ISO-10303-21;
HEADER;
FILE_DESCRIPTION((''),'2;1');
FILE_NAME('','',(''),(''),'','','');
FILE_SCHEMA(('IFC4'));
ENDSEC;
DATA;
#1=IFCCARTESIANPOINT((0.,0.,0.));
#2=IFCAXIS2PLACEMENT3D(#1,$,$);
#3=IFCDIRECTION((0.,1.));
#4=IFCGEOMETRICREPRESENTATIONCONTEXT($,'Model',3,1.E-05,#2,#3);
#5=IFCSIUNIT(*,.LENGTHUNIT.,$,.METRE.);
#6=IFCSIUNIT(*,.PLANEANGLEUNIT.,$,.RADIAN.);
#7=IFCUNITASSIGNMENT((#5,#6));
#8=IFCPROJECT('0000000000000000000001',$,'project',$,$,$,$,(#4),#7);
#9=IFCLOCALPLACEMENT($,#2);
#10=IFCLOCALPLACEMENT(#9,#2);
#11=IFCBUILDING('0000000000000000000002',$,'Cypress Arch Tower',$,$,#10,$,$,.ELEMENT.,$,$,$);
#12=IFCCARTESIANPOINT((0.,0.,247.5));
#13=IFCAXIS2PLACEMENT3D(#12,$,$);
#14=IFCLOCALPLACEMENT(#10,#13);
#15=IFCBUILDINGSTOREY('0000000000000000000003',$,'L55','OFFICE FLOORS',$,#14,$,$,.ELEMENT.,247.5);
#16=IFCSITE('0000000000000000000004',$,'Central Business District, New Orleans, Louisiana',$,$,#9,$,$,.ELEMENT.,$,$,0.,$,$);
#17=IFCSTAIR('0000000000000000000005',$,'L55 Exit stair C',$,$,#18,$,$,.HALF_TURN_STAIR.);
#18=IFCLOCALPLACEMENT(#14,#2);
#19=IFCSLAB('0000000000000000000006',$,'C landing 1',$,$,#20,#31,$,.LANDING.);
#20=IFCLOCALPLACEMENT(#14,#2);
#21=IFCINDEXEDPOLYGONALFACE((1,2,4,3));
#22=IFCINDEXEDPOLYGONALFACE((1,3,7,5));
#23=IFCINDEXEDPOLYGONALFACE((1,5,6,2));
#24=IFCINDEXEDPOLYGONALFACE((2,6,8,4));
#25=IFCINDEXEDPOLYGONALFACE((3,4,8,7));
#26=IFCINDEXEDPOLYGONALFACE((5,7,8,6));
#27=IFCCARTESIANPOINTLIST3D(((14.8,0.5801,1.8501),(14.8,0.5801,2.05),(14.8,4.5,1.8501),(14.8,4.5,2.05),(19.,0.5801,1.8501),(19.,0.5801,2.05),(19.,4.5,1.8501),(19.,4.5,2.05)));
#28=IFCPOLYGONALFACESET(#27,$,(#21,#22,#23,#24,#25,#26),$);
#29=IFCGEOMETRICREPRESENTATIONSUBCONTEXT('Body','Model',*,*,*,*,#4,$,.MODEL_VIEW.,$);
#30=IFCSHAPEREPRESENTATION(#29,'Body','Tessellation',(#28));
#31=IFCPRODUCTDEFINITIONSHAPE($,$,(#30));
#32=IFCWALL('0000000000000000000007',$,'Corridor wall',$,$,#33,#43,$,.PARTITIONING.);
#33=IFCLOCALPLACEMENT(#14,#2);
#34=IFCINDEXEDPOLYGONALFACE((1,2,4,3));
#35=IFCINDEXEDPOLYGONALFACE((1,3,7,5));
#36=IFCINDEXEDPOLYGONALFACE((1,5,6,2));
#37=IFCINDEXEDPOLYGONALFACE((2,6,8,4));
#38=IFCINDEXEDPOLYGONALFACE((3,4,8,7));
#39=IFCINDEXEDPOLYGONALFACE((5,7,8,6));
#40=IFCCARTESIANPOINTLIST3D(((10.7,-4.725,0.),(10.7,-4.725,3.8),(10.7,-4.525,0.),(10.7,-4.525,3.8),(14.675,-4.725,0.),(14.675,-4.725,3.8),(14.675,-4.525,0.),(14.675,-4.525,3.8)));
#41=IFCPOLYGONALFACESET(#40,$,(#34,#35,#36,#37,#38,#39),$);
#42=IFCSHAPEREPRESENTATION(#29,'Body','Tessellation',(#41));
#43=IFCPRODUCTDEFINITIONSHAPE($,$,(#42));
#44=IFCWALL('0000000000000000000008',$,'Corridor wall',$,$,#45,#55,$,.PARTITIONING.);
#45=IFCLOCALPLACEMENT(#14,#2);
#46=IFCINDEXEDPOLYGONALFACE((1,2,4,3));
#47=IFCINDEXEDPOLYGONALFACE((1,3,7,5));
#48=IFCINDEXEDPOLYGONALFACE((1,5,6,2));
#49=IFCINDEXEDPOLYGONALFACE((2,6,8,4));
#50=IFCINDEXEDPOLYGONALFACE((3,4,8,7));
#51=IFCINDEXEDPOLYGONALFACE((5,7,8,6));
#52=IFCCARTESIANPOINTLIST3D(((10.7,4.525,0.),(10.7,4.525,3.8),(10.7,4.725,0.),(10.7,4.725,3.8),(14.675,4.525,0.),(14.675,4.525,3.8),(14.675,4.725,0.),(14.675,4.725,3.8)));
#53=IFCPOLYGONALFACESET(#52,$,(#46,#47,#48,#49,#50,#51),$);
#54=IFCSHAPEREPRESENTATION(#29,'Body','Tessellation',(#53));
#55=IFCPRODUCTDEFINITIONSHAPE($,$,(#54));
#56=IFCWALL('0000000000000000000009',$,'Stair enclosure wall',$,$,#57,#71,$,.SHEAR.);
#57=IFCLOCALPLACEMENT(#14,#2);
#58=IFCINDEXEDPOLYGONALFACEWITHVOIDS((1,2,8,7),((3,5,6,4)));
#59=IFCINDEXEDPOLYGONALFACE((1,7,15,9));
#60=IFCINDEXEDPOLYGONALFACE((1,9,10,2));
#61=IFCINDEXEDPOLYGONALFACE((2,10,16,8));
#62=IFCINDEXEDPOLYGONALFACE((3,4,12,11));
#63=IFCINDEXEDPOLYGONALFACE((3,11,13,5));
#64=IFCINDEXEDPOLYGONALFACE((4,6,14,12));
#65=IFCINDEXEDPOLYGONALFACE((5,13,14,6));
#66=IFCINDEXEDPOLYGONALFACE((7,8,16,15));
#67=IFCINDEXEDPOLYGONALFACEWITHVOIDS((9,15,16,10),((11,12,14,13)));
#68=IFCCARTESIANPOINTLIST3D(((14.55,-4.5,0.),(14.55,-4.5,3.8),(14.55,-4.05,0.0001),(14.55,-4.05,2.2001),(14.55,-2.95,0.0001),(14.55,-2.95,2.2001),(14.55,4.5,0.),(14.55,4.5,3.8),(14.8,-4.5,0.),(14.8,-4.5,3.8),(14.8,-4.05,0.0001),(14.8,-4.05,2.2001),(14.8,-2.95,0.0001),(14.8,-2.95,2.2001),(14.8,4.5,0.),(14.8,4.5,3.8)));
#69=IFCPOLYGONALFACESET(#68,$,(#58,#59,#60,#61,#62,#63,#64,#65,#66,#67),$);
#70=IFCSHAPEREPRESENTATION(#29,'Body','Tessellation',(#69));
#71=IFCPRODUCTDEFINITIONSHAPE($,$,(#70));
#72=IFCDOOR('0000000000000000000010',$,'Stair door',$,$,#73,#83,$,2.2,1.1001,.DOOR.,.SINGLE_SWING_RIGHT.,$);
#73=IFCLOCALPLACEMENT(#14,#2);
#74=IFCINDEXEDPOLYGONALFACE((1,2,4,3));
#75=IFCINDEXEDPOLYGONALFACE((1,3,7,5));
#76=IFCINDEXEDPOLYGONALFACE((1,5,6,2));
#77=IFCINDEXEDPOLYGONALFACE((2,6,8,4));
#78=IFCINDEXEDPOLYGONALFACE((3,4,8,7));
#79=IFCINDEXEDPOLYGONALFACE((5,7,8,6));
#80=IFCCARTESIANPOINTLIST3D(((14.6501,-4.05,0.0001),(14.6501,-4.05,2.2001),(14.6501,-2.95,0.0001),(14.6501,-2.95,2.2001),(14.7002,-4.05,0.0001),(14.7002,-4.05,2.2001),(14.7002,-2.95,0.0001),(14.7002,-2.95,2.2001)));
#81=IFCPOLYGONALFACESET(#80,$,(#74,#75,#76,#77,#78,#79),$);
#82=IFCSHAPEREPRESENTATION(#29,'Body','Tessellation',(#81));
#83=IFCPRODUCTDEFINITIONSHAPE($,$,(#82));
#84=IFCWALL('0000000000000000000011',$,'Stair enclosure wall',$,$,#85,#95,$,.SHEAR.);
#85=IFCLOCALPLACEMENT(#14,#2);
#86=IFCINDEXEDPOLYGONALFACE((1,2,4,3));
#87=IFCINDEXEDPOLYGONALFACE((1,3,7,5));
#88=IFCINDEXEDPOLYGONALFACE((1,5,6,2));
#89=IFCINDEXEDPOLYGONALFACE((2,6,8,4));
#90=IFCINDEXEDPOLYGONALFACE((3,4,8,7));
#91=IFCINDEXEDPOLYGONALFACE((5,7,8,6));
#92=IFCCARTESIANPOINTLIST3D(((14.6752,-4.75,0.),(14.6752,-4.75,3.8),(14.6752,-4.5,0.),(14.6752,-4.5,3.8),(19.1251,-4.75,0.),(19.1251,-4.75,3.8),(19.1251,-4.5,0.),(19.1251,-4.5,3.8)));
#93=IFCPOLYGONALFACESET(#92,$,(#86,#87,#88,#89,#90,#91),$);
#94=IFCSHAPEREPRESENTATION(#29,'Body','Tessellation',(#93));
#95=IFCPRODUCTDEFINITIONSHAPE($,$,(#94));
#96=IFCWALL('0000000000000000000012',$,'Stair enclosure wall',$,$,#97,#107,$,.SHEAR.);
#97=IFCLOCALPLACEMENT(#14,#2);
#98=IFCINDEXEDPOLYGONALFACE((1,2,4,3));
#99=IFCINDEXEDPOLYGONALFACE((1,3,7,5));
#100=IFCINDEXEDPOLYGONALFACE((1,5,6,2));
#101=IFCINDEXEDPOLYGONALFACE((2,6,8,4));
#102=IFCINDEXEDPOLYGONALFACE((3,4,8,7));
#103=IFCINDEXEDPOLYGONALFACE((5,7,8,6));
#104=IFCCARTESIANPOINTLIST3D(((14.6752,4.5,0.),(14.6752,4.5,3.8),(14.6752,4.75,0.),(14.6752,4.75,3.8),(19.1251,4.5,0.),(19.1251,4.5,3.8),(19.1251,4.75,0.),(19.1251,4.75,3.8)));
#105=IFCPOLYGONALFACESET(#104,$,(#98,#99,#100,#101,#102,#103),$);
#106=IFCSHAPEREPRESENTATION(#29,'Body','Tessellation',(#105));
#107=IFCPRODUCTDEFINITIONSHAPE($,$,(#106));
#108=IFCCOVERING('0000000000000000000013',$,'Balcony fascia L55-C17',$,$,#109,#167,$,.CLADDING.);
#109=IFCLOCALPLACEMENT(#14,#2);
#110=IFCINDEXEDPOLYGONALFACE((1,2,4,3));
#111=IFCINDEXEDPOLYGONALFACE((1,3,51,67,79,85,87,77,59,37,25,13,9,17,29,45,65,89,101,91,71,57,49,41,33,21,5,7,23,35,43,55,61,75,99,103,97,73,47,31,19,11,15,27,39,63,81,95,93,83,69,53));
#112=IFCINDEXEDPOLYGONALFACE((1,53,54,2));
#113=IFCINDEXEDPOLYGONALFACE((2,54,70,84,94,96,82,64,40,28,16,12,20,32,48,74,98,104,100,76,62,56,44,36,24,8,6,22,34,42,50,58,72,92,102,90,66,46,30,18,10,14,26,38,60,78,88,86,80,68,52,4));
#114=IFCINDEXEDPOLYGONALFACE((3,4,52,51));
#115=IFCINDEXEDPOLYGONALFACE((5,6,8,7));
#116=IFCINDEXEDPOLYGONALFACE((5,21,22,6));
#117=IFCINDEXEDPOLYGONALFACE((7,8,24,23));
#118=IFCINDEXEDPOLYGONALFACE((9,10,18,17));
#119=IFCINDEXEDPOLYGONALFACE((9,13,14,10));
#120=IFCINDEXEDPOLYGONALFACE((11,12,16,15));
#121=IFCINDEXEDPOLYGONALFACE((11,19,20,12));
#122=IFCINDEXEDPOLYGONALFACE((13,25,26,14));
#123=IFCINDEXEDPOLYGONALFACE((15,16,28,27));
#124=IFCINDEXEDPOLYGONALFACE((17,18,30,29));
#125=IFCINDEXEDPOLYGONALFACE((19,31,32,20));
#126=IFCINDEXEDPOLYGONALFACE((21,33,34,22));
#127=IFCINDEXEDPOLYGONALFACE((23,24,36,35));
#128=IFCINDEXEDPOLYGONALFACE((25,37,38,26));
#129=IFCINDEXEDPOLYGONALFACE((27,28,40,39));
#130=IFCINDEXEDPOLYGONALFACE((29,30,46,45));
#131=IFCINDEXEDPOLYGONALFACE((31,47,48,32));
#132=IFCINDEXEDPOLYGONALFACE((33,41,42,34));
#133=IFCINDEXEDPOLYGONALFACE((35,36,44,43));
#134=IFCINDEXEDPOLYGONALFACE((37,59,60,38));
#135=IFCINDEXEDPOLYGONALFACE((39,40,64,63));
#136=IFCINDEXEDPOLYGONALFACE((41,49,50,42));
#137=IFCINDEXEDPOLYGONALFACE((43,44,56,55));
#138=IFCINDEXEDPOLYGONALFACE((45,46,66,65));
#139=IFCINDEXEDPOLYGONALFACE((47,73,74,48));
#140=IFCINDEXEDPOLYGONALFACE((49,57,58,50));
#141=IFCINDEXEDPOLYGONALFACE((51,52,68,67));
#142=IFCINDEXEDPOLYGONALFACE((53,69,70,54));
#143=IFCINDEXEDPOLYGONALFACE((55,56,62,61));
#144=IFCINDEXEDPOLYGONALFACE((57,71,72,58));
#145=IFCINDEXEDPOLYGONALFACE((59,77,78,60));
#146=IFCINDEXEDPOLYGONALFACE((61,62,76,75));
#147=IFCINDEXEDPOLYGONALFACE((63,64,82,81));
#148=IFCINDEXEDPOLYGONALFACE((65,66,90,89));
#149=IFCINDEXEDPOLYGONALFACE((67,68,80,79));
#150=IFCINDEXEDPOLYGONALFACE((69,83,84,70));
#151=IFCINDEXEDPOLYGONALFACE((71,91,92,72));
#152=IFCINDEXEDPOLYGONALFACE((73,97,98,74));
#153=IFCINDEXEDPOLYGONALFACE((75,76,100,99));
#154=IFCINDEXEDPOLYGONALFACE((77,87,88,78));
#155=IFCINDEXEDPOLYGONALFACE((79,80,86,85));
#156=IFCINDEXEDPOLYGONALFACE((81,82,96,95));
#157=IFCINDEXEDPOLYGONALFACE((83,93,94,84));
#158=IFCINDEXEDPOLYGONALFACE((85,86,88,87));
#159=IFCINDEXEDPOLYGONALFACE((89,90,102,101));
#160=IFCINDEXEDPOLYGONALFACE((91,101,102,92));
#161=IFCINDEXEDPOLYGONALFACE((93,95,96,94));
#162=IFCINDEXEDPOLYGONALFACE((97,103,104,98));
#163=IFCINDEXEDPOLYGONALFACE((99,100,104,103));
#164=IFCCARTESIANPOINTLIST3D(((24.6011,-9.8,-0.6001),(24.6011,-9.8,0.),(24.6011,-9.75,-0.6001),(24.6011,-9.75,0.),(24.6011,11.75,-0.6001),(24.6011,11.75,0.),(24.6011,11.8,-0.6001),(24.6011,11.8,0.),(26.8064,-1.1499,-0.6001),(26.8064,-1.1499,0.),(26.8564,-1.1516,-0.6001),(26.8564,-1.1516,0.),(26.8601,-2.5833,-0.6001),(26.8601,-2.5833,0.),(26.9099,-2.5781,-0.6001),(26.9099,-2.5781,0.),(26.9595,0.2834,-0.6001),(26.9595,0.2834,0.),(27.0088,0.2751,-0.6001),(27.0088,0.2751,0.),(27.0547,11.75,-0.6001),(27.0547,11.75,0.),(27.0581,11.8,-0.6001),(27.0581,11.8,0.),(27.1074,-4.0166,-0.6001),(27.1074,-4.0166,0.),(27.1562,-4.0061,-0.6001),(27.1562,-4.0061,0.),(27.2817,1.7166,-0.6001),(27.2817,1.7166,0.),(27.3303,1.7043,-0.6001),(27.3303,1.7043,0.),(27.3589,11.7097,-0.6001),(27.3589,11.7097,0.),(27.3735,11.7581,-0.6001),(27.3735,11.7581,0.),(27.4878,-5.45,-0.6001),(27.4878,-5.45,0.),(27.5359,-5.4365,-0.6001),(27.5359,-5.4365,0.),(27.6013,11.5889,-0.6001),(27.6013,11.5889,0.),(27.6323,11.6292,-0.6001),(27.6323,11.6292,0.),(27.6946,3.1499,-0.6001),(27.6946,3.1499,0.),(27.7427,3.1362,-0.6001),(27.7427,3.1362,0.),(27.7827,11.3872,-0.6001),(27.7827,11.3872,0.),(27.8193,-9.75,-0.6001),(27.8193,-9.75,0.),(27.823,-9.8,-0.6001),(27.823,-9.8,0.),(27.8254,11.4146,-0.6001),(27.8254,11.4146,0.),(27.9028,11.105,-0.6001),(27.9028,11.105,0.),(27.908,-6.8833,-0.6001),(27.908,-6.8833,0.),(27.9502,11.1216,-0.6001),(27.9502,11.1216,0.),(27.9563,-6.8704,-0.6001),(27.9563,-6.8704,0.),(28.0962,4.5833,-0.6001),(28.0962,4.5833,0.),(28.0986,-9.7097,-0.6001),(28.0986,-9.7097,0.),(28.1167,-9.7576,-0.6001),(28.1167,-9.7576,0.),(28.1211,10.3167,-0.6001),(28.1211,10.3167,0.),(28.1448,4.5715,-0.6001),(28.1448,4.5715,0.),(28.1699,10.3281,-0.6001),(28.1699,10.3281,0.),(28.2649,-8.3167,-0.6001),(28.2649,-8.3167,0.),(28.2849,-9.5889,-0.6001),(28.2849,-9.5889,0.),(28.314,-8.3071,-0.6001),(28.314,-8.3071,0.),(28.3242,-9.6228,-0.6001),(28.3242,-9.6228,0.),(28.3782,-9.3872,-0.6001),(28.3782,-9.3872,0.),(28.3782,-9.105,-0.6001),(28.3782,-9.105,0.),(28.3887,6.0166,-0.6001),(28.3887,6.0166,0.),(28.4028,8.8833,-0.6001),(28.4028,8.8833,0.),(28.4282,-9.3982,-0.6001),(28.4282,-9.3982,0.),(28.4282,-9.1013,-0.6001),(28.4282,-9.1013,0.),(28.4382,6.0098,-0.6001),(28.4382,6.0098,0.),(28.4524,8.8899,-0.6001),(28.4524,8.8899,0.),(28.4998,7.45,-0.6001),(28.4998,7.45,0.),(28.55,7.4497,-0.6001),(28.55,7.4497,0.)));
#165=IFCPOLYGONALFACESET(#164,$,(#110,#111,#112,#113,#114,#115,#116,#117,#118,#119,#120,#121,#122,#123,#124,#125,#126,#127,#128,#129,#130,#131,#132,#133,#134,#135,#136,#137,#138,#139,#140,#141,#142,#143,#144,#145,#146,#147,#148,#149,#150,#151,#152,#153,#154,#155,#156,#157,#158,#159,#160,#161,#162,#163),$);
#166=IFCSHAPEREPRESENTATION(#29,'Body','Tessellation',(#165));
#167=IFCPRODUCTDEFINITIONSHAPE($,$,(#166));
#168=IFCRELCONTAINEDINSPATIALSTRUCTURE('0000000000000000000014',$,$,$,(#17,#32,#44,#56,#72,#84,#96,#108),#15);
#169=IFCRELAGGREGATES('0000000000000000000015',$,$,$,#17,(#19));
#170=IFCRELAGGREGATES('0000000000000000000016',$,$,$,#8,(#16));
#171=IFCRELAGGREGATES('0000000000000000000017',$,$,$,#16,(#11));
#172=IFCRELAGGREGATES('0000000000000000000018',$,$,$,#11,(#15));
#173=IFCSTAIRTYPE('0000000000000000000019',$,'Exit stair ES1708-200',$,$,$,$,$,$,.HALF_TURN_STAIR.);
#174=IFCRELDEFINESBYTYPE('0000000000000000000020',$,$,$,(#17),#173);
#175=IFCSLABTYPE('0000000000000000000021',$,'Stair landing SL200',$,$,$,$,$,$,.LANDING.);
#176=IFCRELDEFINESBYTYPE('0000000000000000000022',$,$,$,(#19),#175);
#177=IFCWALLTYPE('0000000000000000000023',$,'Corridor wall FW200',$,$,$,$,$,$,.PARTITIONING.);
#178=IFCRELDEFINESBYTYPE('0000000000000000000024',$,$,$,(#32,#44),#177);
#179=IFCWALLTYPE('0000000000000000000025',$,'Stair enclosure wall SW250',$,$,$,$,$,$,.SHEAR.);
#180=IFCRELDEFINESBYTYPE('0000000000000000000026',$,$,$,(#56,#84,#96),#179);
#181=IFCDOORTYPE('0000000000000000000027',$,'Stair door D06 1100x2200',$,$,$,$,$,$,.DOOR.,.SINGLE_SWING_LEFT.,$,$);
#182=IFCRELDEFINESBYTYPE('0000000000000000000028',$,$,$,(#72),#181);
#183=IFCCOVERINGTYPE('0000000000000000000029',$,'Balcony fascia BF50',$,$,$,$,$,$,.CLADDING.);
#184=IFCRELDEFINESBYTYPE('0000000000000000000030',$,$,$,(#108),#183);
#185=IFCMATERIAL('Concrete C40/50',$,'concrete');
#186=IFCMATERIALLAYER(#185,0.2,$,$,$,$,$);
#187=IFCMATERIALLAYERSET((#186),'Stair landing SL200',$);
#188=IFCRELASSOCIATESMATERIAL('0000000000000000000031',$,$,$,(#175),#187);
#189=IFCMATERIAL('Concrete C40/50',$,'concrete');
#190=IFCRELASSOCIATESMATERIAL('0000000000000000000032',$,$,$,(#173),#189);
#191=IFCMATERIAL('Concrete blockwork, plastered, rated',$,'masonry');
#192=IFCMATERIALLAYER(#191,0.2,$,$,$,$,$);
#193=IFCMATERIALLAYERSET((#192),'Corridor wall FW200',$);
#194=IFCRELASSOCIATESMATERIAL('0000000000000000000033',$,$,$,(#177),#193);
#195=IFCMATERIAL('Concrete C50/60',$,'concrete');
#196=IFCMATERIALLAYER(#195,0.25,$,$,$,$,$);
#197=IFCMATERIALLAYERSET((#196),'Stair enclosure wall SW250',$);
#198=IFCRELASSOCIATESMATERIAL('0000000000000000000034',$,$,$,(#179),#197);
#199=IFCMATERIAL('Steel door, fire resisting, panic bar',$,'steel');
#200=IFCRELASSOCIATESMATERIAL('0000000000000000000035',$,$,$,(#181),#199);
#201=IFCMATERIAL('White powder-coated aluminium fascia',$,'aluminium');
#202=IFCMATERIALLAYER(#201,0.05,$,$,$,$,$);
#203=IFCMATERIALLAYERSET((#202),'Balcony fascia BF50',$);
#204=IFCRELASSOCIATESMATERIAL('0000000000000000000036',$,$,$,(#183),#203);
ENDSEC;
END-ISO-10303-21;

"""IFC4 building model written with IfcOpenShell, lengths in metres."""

from ifc_helpers import new_model, si_unit, direction, frame, frame_2d, origin, place, context, subcontext, project, spatial, polyline, rectangle, outline, extrude, material, layer, layer_set, type_object, element, fill, aggregate, save


model = new_model("IFC4")

# Units and contexts
model_context = context("Model", 3, precision=1e-05, world=origin(), true_north=direction((0.0, 1.0)))
body_context = subcontext(model_context, "Body", "Model", "MODEL_VIEW")
ifc_project = project(units=[si_unit("LENGTHUNIT", "METRE"), si_unit("PLANEANGLEUNIT", "RADIAN")], contexts=[model_context])

# Site, building, storey
site_placement = place(None, origin())
site = spatial("IfcSite", under=ifc_project, at=site_placement, Name="Central Business District, New Orleans, Louisiana", CompositionType="ELEMENT", RefElevation=0.0)
building_placement = place(site_placement, origin())
building = spatial("IfcBuilding", under=site, at=building_placement, Name="Cypress Arch Tower", CompositionType="ELEMENT")
storey_placement = place(building_placement, frame((0.0, 0.0, 247.5)))
storey = spatial("IfcBuildingStorey", under=building, at=storey_placement, Name="L55", Description="OFFICE FLOORS", CompositionType="ELEMENT", Elevation=247.5)

# Stair, slab
ifc_material_1 = material(Name="Concrete C40/50", Category="concrete")
ifc_layer_1 = layer(ifc_material_1, 0.2)
ifc_layer_set_1 = layer_set([ifc_layer_1], Name="Stair landing SL200")
slab_type_1 = type_object("IfcSlabType", Name="Stair landing SL200", PredefinedType="LANDING", material=ifc_layer_set_1)
ifc_material_2 = material(Name="Concrete C40/50", Category="concrete")
stair_type_1 = type_object("IfcStairType", Name="Exit stair ES1708-200", PredefinedType="HALF_TURN_STAIR", material=ifc_material_2)
stair_1_placement = place(storey_placement, origin())
stair_1 = element("IfcStair", 1, at=stair_1_placement, inside=storey, type_object=stair_type_1, Name="L55 Exit stair C", PredefinedType="HALF_TURN_STAIR")
slab_1_placement = place(storey_placement, frame((0.0, 0.0, 1.8501)))
slab_1 = element("IfcSlab", 2, at=slab_1_placement, type_object=slab_type_1, Name="C landing 1", PredefinedType="LANDING", context=body_context, shape_type="SweptSolid", body=[
    extrude(outline(polyline([(19.0, 0.5801), (19.0, 4.5), (14.8, 4.5), (14.8, 0.5801), (19.0, 0.5801)])), origin(), (0.0, 0.0, 1.0), 0.2),
])
aggregate(stair_1, [slab_1])

# Walls
ifc_material_3 = material(Name="Concrete blockwork, plastered, rated", Category="masonry")
ifc_layer_2 = layer(ifc_material_3, 0.2)
ifc_layer_set_2 = layer_set([ifc_layer_2], Name="Corridor wall FW200")
wall_type_1 = type_object("IfcWallType", Name="Corridor wall FW200", PredefinedType="PARTITIONING", material=ifc_layer_set_2)
for number, where, z_axis, x_axis, name in (
    (3, (10.7, -4.625, 0.0), (0.0, 0.0, 1.0), (1.0, 0.0, 0.0), "Corridor wall"),
    (4, (10.7, 4.625, 0.0), (0.0, 0.0, 1.0), (1.0, 0.0, 0.0), "Corridor wall"),
):
    element("IfcWall", number, at=place(storey_placement, frame(where, z_axis=z_axis, x_axis=x_axis)), inside=storey, type_object=wall_type_1, Name=name, PredefinedType="PARTITIONING", context=body_context, shape_type="SweptSolid", body=[
        extrude(rectangle(XDim=3.9751, YDim=0.2, at=frame_2d((1.9875, 0.0))), origin(), (0.0, 0.0, 1.0), 3.8),
    ])

# Wall, opening, door
ifc_material_4 = material(Name="Concrete C50/60", Category="concrete")
ifc_layer_3 = layer(ifc_material_4, 0.25)
ifc_layer_set_3 = layer_set([ifc_layer_3], Name="Stair enclosure wall SW250")
wall_type_2 = type_object("IfcWallType", Name="Stair enclosure wall SW250", PredefinedType="SHEAR", material=ifc_layer_set_3)
wall_placement = place(storey_placement, frame((14.675, -4.5, 0.0), z_axis=(0.0, 0.0, 1.0), x_axis=(0.0, 1.0, 0.0)))
wall = element("IfcWall", 5, at=wall_placement, inside=storey, type_object=wall_type_2, Name="Stair enclosure wall", PredefinedType="SHEAR", context=body_context, shape_type="SweptSolid", body=[
    extrude(rectangle(XDim=9.0, YDim=0.25, at=frame_2d((4.5, 0.0))), origin(), (0.0, 0.0, 1.0), 3.8),
])
opening_placement = place(wall_placement, frame((0.45, 0.0, 0.0)))
opening = element("IfcOpeningElement", 6, at=opening_placement, cuts=wall, PredefinedType="OPENING", context=body_context, shape_type="SweptSolid", body=[
    extrude(rectangle(XDim=1.1001, YDim=2.2, at=frame_2d((0.55, 1.1001))), frame((0.0, 0.135, 0.0), z_axis=(0.0, -1.0, 0.0), x_axis=(1.0, 0.0, 0.0)), (0.0, 0.0, 1.0), 0.27),
])
ifc_material_5 = material(Name="Steel door, fire resisting, panic bar", Category="steel")
door_type = type_object("IfcDoorType", Name="Stair door D06 1100x2200", OperationType="SINGLE_SWING_LEFT", PredefinedType="DOOR", material=ifc_material_5)
door_placement = place(opening_placement, origin())
door = element("IfcDoor", 7, at=door_placement, inside=storey, type_object=door_type, Name="Stair door", OperationType="SINGLE_SWING_RIGHT", OverallHeight=2.2, OverallWidth=1.1001, PredefinedType="DOOR", context=body_context, shape_type="SweptSolid", body=[
    extrude(rectangle(XDim=1.1001, YDim=2.2, at=frame_2d((0.55, 1.1001))), frame((0.0, 0.0249, 0.0), z_axis=(0.0, -1.0, 0.0), x_axis=(1.0, 0.0, 0.0)), (0.0, 0.0, 1.0), 0.05),
])
fill(opening, door)

# Walls
for number, where, z_axis, x_axis, name in (
    (8, (14.675, -4.625, 0.0), (0.0, 0.0, 1.0), (1.0, 0.0, 0.0), "Stair enclosure wall"),
    (9, (14.675, 4.625, 0.0), (0.0, 0.0, 1.0), (1.0, 0.0, 0.0), "Stair enclosure wall"),
):
    element("IfcWall", number, at=place(storey_placement, frame(where, z_axis=z_axis, x_axis=x_axis)), inside=storey, type_object=wall_type_2, Name=name, PredefinedType="SHEAR", context=body_context, shape_type="SweptSolid", body=[
        extrude(rectangle(XDim=4.45, YDim=0.25, at=frame_2d((2.2251, 0.0))), origin(), (0.0, 0.0, 1.0), 3.8),
    ])

# Covering
ifc_material_6 = material(Name="White powder-coated aluminium fascia", Category="aluminium")
ifc_layer_4 = layer(ifc_material_6, 0.05)
ifc_layer_set_4 = layer_set([ifc_layer_4], Name="Balcony fascia BF50")
covering_type_1 = type_object("IfcCoveringType", Name="Balcony fascia BF50", PredefinedType="CLADDING", material=ifc_layer_set_4)
covering_1_placement = place(storey_placement, frame((0.0, 0.0, -0.6001)))
element("IfcCovering", 10, at=covering_1_placement, inside=storey, type_object=covering_type_1, Name="Balcony fascia L55-C17", PredefinedType="CLADDING", context=body_context, shape_type="SweptSolid", body=[
    extrude(outline(polyline([(27.0581, 11.8), (27.3735, 11.7581), (27.6323, 11.6292), (27.8254, 11.4146), (27.9502, 11.1216), (28.1699, 10.3281), (28.4524, 8.8899), (28.55, 7.4497), (28.4382, 6.0098), (28.1448, 4.5715), (27.7427, 3.1362), (27.3303, 1.7043), (27.0088, 0.2751), (26.8564, -1.1516), (26.9099, -2.5781), (27.1562, -4.0061), (27.5359, -5.4365), (27.9563, -6.8704), (28.314, -8.3071), (28.4282, -9.1013), (28.4282, -9.3982), (28.3242, -9.6228), (28.1167, -9.7576), (27.823, -9.8), (24.6011, -9.8), (24.6011, -9.75), (27.8193, -9.75), (28.0986, -9.7097), (28.2849, -9.5889), (28.3782, -9.3872), (28.3782, -9.105), (28.2649, -8.3167), (27.908, -6.8833), (27.4878, -5.45), (27.1074, -4.0166), (26.8601, -2.5833), (26.8064, -1.1499), (26.9595, 0.2834), (27.2817, 1.7166), (27.6946, 3.1499), (28.0962, 4.5833), (28.3887, 6.0166), (28.4998, 7.45), (28.4028, 8.8833), (28.1211, 10.3167), (27.9028, 11.105), (27.7827, 11.3872), (27.6013, 11.5889), (27.3589, 11.7097), (27.0547, 11.75), (24.6011, 11.75), (24.6011, 11.8), (27.0581, 11.8)])), origin(), (0.0, 0.0, 1.0), 0.6001),
])

save(model, "model.ifc")
